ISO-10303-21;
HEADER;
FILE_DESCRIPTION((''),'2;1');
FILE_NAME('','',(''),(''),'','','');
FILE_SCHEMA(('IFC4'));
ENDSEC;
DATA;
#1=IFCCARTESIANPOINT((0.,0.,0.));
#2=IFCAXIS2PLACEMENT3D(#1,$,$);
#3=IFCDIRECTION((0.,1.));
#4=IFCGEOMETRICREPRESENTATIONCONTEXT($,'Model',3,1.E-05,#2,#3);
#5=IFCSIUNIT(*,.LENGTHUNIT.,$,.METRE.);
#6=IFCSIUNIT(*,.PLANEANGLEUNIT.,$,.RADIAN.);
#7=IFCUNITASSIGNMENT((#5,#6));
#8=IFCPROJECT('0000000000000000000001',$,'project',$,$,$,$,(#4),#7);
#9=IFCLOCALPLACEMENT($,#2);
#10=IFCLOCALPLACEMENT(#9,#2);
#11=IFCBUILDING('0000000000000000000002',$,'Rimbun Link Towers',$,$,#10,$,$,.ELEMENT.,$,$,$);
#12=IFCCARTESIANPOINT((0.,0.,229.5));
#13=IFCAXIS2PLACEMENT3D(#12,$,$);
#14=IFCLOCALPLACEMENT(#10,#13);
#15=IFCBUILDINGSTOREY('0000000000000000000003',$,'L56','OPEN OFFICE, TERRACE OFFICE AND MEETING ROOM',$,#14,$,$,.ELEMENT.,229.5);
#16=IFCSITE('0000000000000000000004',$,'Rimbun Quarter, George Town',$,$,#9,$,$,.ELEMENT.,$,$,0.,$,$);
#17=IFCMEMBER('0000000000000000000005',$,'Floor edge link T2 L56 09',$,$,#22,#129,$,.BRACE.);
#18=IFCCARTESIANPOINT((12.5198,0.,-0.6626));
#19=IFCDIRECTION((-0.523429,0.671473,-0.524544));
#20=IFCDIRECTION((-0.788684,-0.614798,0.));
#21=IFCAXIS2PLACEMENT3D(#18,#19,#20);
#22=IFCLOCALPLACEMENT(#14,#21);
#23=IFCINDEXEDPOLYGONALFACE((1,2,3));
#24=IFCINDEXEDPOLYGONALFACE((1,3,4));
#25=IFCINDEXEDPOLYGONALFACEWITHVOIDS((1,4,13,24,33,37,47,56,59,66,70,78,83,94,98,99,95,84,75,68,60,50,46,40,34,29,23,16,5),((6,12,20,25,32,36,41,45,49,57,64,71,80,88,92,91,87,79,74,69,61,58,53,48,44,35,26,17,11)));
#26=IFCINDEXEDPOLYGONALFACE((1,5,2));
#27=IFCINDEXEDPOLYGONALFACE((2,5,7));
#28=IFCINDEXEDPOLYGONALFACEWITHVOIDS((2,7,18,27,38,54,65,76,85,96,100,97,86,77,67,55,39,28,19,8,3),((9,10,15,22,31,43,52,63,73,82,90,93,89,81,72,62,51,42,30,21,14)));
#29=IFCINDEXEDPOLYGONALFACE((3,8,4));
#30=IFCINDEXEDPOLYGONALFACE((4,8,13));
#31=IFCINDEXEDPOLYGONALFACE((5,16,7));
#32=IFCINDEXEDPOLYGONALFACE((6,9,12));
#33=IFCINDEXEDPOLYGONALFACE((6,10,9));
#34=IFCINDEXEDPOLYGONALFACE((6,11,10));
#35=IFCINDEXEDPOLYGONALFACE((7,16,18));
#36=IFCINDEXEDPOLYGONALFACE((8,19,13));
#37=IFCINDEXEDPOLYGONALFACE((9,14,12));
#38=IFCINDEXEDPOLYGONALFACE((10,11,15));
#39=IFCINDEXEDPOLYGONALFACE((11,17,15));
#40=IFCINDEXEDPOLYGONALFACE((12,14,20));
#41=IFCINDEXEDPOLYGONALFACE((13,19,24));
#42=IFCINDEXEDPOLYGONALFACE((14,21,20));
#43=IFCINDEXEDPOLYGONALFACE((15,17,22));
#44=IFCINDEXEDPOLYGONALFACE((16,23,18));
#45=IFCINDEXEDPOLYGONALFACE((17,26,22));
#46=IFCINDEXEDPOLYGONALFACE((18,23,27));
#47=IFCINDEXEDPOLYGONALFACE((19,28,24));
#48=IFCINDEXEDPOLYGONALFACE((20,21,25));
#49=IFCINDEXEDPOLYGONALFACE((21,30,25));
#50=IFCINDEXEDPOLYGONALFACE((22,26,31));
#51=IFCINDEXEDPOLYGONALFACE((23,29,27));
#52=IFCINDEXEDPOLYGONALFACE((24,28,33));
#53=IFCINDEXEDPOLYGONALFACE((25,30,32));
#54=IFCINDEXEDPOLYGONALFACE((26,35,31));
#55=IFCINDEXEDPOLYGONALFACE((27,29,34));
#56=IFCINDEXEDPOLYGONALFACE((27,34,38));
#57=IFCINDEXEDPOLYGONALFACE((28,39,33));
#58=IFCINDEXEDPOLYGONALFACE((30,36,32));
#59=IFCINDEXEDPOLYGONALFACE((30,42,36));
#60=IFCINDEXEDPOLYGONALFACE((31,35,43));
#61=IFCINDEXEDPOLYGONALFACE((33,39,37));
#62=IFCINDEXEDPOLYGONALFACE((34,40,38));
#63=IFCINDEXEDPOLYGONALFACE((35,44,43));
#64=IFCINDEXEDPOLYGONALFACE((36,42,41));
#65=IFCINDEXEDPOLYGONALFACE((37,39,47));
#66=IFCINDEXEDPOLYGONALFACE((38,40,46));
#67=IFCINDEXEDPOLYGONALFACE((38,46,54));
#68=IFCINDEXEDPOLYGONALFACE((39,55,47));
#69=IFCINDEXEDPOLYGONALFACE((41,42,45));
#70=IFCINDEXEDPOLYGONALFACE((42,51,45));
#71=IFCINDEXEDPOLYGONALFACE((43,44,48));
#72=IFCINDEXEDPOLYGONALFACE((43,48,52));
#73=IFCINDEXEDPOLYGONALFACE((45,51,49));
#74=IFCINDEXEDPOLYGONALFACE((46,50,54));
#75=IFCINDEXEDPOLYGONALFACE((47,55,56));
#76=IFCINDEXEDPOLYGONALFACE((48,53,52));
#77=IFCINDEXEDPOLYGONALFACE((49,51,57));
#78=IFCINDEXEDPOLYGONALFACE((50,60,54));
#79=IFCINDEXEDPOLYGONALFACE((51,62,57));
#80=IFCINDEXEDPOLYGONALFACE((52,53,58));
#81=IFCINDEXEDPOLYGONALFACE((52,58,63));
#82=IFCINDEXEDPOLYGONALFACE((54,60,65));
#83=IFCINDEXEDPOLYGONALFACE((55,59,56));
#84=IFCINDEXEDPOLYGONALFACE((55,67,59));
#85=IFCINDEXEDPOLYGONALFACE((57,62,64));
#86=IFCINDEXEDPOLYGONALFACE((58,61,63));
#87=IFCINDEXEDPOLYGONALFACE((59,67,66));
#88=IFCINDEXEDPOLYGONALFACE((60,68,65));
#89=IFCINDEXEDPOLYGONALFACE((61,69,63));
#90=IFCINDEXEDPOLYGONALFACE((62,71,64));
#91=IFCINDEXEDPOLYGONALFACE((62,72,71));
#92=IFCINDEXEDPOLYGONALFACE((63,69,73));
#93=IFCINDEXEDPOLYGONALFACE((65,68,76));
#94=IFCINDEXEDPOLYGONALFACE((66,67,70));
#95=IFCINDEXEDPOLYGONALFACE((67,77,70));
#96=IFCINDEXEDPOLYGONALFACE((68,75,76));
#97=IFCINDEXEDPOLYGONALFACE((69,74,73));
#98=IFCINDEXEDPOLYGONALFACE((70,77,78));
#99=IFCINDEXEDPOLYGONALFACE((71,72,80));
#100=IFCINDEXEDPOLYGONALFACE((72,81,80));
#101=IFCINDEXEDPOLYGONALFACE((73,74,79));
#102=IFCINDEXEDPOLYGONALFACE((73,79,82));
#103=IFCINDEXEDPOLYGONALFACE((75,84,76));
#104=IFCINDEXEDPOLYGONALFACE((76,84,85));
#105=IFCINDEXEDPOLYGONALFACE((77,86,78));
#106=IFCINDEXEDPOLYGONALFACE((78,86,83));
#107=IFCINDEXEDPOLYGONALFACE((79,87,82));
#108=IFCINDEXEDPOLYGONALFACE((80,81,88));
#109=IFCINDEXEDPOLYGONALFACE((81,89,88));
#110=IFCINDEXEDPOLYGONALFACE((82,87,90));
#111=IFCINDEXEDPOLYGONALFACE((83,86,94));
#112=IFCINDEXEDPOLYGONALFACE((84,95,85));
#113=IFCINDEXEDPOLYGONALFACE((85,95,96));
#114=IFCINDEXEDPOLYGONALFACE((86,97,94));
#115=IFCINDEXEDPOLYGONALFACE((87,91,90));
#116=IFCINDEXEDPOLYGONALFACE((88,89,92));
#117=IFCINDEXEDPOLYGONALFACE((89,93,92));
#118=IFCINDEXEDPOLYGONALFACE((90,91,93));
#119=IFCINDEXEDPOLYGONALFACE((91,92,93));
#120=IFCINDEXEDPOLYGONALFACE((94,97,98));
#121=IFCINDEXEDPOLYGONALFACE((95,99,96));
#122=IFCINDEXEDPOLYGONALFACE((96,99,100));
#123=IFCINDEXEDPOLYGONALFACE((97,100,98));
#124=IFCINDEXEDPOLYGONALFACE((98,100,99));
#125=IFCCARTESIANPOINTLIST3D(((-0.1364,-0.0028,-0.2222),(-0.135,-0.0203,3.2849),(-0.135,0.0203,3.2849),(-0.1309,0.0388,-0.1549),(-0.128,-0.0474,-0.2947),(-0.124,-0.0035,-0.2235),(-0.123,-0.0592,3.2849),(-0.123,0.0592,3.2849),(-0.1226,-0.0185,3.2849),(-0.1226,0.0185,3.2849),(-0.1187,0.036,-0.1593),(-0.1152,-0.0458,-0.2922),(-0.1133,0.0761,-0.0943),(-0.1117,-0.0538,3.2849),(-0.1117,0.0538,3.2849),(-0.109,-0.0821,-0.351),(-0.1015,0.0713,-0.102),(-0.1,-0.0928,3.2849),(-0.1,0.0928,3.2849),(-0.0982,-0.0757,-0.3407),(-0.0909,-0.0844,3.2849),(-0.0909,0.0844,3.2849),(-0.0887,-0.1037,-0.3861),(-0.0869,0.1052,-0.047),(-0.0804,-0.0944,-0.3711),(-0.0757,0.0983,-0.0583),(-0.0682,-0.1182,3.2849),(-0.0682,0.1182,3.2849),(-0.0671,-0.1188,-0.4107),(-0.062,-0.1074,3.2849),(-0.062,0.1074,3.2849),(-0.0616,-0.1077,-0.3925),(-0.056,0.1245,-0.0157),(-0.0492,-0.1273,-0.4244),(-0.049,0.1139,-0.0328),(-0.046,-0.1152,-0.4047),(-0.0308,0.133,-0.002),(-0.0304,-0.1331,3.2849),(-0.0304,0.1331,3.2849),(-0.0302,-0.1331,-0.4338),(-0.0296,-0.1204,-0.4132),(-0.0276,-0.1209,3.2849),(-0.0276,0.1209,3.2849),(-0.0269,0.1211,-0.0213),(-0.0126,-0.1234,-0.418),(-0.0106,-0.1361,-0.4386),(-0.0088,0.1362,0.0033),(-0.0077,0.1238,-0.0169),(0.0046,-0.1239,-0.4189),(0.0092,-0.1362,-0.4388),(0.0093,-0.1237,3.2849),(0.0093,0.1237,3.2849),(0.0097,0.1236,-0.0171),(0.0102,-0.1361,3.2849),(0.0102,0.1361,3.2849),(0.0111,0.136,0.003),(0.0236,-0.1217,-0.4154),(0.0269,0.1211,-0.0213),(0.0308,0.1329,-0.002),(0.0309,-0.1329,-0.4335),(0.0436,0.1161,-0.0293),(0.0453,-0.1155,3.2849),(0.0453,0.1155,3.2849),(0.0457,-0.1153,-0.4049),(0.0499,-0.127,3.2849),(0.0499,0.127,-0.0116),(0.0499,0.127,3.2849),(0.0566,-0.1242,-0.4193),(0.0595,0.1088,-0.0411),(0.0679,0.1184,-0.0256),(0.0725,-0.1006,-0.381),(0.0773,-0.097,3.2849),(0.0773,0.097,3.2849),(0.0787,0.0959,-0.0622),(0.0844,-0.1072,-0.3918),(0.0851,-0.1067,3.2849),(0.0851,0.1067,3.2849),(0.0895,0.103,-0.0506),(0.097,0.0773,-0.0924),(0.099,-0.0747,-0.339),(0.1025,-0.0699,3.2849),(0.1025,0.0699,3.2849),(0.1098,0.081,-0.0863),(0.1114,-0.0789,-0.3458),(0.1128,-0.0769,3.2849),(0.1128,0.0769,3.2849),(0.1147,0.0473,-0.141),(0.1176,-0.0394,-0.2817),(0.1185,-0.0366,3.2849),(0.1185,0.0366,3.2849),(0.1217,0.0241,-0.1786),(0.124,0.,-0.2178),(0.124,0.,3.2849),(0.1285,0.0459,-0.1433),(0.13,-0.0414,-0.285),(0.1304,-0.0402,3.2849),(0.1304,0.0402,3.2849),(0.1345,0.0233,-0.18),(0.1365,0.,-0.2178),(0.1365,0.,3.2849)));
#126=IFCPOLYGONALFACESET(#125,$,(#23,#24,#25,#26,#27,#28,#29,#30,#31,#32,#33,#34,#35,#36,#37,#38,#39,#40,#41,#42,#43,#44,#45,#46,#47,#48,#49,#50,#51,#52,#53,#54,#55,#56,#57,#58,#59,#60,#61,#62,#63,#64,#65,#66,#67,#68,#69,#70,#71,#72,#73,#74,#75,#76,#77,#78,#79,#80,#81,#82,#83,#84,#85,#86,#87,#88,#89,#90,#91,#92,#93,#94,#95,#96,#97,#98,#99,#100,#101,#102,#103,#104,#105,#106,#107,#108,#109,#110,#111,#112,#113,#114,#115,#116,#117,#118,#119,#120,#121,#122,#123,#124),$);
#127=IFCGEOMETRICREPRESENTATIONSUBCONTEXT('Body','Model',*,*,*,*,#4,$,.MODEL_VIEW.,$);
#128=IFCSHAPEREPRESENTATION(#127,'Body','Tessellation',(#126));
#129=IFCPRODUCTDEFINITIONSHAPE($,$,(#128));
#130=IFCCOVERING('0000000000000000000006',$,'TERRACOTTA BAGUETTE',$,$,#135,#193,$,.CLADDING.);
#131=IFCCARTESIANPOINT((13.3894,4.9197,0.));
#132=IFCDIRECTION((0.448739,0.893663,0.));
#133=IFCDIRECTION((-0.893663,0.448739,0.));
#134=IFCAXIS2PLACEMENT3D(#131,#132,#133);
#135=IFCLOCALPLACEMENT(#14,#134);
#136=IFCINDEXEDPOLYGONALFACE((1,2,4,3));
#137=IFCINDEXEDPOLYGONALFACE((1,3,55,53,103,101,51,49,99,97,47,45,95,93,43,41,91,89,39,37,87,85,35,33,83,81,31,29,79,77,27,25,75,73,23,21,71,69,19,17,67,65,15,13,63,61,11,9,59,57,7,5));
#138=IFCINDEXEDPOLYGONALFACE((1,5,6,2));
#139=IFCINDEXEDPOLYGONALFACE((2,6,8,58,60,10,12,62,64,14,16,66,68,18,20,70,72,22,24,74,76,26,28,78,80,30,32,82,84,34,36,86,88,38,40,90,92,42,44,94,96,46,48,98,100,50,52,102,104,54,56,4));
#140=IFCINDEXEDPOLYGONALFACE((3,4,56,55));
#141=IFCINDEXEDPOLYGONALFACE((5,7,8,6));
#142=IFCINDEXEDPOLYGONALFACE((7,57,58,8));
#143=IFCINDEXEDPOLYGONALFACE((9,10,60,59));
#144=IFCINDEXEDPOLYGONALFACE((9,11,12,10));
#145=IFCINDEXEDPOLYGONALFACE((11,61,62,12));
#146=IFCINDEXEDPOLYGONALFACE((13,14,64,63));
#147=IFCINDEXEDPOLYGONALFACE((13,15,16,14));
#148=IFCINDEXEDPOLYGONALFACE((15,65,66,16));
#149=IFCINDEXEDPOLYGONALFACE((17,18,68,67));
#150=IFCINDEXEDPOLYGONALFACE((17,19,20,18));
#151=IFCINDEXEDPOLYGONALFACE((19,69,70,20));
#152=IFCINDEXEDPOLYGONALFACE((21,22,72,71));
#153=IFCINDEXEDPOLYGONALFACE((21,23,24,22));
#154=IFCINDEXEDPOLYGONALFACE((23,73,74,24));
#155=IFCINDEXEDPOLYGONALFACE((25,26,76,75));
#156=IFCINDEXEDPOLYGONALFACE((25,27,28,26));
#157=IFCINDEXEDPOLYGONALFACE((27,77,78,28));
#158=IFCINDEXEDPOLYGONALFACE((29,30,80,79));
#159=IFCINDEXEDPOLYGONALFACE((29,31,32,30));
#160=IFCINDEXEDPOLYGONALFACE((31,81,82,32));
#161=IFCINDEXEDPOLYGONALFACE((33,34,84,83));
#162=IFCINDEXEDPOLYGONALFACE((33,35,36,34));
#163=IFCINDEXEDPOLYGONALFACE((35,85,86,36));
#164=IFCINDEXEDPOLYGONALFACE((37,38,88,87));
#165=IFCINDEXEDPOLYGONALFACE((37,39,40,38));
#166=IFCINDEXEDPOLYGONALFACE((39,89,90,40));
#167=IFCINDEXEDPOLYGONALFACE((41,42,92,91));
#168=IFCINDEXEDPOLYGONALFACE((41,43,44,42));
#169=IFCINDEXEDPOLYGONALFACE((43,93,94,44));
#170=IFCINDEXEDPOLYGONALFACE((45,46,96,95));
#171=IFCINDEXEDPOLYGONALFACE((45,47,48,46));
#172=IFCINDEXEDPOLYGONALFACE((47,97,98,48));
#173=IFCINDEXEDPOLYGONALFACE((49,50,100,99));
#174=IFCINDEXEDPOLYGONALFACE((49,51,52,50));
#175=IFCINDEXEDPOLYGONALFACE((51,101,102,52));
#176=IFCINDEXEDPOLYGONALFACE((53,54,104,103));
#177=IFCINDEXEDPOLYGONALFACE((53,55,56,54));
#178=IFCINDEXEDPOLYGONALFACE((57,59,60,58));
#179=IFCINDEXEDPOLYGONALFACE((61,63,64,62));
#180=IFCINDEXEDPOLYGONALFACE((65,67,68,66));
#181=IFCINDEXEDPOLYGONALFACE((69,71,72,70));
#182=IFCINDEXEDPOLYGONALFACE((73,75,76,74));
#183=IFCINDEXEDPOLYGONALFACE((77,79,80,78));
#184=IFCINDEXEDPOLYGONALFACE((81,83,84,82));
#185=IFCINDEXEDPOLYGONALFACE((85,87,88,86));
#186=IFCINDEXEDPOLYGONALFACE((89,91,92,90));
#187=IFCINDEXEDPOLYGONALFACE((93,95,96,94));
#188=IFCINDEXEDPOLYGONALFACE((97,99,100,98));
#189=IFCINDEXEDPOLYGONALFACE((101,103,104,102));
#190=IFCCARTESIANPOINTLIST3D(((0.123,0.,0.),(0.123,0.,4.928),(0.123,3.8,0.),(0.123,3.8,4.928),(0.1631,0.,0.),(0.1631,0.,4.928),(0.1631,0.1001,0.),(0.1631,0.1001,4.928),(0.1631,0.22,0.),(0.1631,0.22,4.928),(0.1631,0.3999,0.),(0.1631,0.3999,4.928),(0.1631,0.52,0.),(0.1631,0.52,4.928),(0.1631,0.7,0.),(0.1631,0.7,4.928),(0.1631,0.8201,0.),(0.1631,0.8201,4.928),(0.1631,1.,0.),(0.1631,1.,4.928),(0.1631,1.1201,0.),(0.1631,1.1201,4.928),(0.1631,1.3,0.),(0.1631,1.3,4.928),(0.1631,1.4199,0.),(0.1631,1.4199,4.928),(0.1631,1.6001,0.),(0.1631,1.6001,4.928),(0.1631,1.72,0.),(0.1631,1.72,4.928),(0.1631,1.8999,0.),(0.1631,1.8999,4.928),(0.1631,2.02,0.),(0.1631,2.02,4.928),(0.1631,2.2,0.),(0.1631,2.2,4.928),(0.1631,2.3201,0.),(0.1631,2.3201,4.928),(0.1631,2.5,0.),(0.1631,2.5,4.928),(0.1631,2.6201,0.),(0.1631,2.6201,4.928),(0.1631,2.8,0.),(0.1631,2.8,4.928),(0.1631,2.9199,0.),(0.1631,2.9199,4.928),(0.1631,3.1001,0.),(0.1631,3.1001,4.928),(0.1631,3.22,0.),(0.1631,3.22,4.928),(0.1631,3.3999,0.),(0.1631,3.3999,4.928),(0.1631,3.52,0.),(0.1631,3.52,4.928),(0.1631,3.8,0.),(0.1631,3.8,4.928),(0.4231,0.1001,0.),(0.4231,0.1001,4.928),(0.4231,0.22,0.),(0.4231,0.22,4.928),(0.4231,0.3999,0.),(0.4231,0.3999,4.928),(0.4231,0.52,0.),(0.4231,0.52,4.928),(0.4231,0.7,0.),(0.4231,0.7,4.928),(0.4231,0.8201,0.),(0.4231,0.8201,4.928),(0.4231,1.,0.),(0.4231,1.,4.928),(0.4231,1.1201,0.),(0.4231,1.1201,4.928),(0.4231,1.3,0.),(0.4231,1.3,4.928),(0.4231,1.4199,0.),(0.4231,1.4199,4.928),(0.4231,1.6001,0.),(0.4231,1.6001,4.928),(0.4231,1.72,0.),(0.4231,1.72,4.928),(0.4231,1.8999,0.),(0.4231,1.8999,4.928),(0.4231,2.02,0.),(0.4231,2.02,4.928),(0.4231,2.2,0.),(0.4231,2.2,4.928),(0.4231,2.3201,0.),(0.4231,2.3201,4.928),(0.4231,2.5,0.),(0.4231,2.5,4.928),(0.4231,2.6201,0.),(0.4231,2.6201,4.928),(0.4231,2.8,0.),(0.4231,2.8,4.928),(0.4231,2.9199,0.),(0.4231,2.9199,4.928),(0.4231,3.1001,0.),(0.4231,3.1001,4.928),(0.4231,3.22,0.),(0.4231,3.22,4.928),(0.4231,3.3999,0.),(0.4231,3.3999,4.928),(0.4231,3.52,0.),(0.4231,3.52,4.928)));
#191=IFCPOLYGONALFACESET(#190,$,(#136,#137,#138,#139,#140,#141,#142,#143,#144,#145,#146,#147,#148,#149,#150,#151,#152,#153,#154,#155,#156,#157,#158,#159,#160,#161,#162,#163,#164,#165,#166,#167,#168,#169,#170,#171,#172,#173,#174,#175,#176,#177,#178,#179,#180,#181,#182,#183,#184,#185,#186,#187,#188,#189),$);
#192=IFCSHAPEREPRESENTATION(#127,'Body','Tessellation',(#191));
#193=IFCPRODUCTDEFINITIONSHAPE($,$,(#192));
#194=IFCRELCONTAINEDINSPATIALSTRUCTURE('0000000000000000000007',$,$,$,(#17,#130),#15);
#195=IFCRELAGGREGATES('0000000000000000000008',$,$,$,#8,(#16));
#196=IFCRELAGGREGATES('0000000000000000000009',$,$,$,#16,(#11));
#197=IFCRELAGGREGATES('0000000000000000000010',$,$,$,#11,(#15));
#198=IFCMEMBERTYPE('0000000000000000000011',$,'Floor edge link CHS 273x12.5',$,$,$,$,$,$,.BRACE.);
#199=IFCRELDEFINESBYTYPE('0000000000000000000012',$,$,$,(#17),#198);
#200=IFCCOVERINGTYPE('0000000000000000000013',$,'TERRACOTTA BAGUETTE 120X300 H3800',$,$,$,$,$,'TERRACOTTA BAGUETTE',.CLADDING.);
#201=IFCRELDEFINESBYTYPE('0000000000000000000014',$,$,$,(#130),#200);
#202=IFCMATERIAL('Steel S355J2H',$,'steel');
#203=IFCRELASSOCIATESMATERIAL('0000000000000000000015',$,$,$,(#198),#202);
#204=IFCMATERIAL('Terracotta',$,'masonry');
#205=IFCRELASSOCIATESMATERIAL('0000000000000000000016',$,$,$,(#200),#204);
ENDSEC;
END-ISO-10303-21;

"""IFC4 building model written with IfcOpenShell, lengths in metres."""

from ifc_helpers import new_model, si_unit, direction, frame, origin, origin_2d, place, context, subcontext, project, spatial, polyline, hollow_circle, outline, extrude, clip, halfspace, material, material_profile, profile_set, type_object, element, save


model = new_model("IFC4")

# Units and contexts
model_context = context("Model", 3, precision=1e-05, world=origin(), true_north=direction((0.0, 1.0)))
body_context = subcontext(model_context, "Body", "Model", "MODEL_VIEW")
ifc_project = project(units=[si_unit("LENGTHUNIT", "METRE"), si_unit("PLANEANGLEUNIT", "RADIAN")], contexts=[model_context])

# Site, building, storey
site_placement = place(None, origin())
site = spatial("IfcSite", under=ifc_project, at=site_placement, Name="Rimbun Quarter, George Town", CompositionType="ELEMENT", RefElevation=0.0)
building_placement = place(site_placement, origin())
building = spatial("IfcBuilding", under=site, at=building_placement, Name="Rimbun Link Towers", CompositionType="ELEMENT")
storey_placement = place(building_placement, frame((0.0, 0.0, 229.5)))
storey = spatial("IfcBuildingStorey", under=building, at=storey_placement, Name="L56", Description="OPEN OFFICE, TERRACE OFFICE AND MEETING ROOM", CompositionType="ELEMENT", Elevation=229.5)

# Member
ifc_material_1 = material(Name="Steel S355J2H", Category="steel")
ifc_material_profile_1 = material_profile(ifc_material_1, hollow_circle(Radius=0.1365, WallThickness=0.0125, at=origin_2d()), Name="CHS 273x12.5")
ifc_profile_set_1 = profile_set([ifc_material_profile_1], Name="Steel S355J2H")
member_type_1 = type_object("IfcMemberType", Name="Floor edge link CHS 273x12.5", PredefinedType="BRACE", material=ifc_profile_set_1)
member_1_placement = place(storey_placement, frame((12.5198, 0.0, -0.6626), z_axis=(-0.523429, 0.671473, -0.524544), x_axis=(-0.788684, -0.614798, 0.0)))
element("IfcMember", 1, at=member_1_placement, inside=storey, type_object=member_type_1, Name="Floor edge link T2 L56 09", PredefinedType="BRACE", context=body_context, shape_type="Clipping", body=[
    clip(extrude(hollow_circle(Radius=0.1365, WallThickness=0.0125, at=origin_2d()), frame((0.0, 0.0, -0.4622)), (0.0, 0.0, 1.0), 3.7471), halfspace(frame((0.0, 0.0, -0.2178), z_axis=(0.0, 0.851383, -0.524544)), False)),
])

# Covering
ifc_material_2 = material(Name="Terracotta", Category="masonry")
ifc_material_profile_2 = material_profile(ifc_material_2, outline(polyline([(0.123, 0.0), (0.1631, 0.0), (0.1631, 0.1001), (0.4231, 0.1001), (0.4231, 0.22), (0.1631, 0.22), (0.1631, 0.3999), (0.4231, 0.3999), (0.4231, 0.52), (0.1631, 0.52), (0.1631, 0.7), (0.4231, 0.7), (0.4231, 0.8201), (0.1631, 0.8201), (0.1631, 1.0), (0.4231, 1.0), (0.4231, 1.1201), (0.1631, 1.1201), (0.1631, 1.3), (0.4231, 1.3), (0.4231, 1.4199), (0.1631, 1.4199), (0.1631, 1.6001), (0.4231, 1.6001), (0.4231, 1.72), (0.1631, 1.72), (0.1631, 1.8999), (0.4231, 1.8999), (0.4231, 2.02), (0.1631, 2.02), (0.1631, 2.2), (0.4231, 2.2), (0.4231, 2.3201), (0.1631, 2.3201), (0.1631, 2.5), (0.4231, 2.5), (0.4231, 2.6201), (0.1631, 2.6201), (0.1631, 2.8), (0.4231, 2.8), (0.4231, 2.9199), (0.1631, 2.9199), (0.1631, 3.1001), (0.4231, 3.1001), (0.4231, 3.22), (0.1631, 3.22), (0.1631, 3.3999), (0.4231, 3.3999), (0.4231, 3.52), (0.1631, 3.52), (0.1631, 3.8), (0.123, 3.8), (0.123, 0.0)])), Name="BAGUETTE 120X300")
ifc_profile_set_2 = profile_set([ifc_material_profile_2], Name="Terracotta")
covering_type = type_object("IfcCoveringType", Name="TERRACOTTA BAGUETTE 120X300 H3800", ElementType="TERRACOTTA BAGUETTE", PredefinedType="CLADDING", material=ifc_profile_set_2)
covering_placement = place(storey_placement, frame((13.3894, 4.9197, 0.0), z_axis=(0.448739, 0.893663, 0.0), x_axis=(-0.893663, 0.448739, 0.0)))
element("IfcCovering", 2, at=covering_placement, inside=storey, type_object=covering_type, Name="TERRACOTTA BAGUETTE", PredefinedType="CLADDING", context=body_context, shape_type="SweptSolid", body=[
    extrude(outline(polyline([(0.123, 0.0), (0.1631, 0.0), (0.1631, 0.1001), (0.4231, 0.1001), (0.4231, 0.22), (0.1631, 0.22), (0.1631, 0.3999), (0.4231, 0.3999), (0.4231, 0.52), (0.1631, 0.52), (0.1631, 0.7), (0.4231, 0.7), (0.4231, 0.8201), (0.1631, 0.8201), (0.1631, 1.0), (0.4231, 1.0), (0.4231, 1.1201), (0.1631, 1.1201), (0.1631, 1.3), (0.4231, 1.3), (0.4231, 1.4199), (0.1631, 1.4199), (0.1631, 1.6001), (0.4231, 1.6001), (0.4231, 1.72), (0.1631, 1.72), (0.1631, 1.8999), (0.4231, 1.8999), (0.4231, 2.02), (0.1631, 2.02), (0.1631, 2.2), (0.4231, 2.2), (0.4231, 2.3201), (0.1631, 2.3201), (0.1631, 2.5), (0.4231, 2.5), (0.4231, 2.6201), (0.1631, 2.6201), (0.1631, 2.8), (0.4231, 2.8), (0.4231, 2.9199), (0.1631, 2.9199), (0.1631, 3.1001), (0.4231, 3.1001), (0.4231, 3.22), (0.1631, 3.22), (0.1631, 3.3999), (0.4231, 3.3999), (0.4231, 3.52), (0.1631, 3.52), (0.1631, 3.8), (0.123, 3.8), (0.123, 0.0)])), origin(), (0.0, 0.0, 1.0), 4.928),
])

save(model, "model.ifc")
